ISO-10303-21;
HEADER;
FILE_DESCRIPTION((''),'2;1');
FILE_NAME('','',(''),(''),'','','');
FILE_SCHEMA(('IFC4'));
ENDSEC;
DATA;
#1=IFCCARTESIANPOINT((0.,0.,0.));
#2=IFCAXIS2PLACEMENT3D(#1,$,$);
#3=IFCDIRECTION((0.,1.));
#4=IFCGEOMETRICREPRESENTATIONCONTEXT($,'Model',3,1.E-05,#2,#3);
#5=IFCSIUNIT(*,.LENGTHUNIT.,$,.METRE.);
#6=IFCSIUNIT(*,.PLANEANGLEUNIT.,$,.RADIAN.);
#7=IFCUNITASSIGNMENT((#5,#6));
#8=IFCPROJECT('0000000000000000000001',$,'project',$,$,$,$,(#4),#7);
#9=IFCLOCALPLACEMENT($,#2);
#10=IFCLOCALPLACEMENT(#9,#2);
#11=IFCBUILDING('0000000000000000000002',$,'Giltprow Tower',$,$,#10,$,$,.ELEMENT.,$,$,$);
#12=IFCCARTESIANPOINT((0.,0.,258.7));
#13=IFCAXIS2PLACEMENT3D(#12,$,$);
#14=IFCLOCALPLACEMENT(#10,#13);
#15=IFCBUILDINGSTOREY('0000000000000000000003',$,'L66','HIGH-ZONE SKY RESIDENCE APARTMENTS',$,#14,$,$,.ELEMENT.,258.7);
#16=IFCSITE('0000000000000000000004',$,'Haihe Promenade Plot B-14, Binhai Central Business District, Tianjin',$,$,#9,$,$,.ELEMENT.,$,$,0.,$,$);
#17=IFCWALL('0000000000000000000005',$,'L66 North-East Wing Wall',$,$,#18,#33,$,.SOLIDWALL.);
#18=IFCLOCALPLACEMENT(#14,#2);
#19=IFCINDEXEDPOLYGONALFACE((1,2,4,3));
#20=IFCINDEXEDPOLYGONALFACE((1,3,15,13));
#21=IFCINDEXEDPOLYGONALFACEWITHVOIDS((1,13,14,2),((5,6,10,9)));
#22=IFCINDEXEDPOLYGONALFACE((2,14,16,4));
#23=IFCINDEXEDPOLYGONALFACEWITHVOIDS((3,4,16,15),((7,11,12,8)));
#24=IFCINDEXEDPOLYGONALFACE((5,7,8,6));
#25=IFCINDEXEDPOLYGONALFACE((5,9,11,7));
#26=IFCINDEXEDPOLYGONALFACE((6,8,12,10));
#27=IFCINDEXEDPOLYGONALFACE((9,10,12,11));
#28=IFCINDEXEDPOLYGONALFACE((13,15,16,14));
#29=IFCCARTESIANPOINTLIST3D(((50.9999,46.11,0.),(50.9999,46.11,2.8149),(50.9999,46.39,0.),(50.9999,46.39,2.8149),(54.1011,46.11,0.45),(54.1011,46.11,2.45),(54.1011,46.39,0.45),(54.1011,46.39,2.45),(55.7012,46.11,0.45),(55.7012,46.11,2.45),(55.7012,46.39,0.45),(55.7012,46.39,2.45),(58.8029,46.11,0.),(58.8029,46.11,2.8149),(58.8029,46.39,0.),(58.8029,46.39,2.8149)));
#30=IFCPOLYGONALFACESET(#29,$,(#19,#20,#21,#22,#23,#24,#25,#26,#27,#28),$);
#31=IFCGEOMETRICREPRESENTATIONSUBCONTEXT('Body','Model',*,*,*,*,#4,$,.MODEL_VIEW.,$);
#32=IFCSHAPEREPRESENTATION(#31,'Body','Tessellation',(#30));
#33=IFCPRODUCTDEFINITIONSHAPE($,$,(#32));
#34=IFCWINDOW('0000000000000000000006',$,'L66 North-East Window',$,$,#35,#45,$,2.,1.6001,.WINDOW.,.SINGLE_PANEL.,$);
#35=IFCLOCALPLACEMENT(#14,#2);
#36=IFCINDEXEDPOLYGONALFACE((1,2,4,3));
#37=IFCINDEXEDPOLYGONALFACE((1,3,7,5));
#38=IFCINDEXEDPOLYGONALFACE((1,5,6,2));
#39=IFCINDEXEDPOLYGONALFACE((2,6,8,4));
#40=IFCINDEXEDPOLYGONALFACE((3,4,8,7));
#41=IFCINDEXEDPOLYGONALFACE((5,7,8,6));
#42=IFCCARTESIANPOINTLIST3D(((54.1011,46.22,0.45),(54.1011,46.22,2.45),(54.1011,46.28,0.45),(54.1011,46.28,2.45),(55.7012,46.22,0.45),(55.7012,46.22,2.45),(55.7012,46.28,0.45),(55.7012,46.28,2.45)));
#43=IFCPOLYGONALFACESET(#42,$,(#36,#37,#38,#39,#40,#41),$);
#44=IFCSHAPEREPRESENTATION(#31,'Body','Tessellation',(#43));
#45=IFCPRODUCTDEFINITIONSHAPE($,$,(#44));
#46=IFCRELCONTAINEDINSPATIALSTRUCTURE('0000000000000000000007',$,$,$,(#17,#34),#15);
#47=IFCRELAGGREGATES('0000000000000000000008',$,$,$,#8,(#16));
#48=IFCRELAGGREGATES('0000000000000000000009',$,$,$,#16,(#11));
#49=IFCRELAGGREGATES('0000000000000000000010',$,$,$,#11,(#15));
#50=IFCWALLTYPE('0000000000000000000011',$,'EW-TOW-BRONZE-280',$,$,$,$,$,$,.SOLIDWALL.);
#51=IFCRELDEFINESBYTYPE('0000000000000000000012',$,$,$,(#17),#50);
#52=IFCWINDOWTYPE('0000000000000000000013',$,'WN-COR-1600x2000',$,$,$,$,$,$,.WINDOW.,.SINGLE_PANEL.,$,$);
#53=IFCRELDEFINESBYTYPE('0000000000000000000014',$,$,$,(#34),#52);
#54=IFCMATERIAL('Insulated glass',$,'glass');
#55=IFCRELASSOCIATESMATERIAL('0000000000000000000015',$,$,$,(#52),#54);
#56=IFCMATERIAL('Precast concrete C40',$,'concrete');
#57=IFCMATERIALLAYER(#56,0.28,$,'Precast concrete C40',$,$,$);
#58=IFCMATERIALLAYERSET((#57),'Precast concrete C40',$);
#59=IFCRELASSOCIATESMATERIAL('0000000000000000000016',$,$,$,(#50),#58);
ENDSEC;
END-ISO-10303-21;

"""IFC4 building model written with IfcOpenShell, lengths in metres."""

from ifc_helpers import new_model, si_unit, direction, frame, frame_2d, origin, place, context, subcontext, project, spatial, rectangle, extrude, source, transform, mapped, material, layer, layer_set, type_object, element, fill, save


model = new_model("IFC4")

# Units and contexts
model_context = context("Model", 3, precision=1e-05, world=origin(), true_north=direction((0.0, 1.0)))
body_context = subcontext(model_context, "Body", "Model", "MODEL_VIEW")
ifc_project = project(units=[si_unit("LENGTHUNIT", "METRE"), si_unit("PLANEANGLEUNIT", "RADIAN")], contexts=[model_context])

# Site, building, storey
site_placement = place(None, origin())
site = spatial("IfcSite", under=ifc_project, at=site_placement, Name="Haihe Promenade Plot B-14, Binhai Central Business District, Tianjin", CompositionType="ELEMENT", RefElevation=0.0)
building_placement = place(site_placement, origin())
building = spatial("IfcBuilding", under=site, at=building_placement, Name="Giltprow Tower", CompositionType="ELEMENT")
storey_placement = place(building_placement, frame((0.0, 0.0, 258.7)))
storey = spatial("IfcBuildingStorey", under=building, at=storey_placement, Name="L66", Description="HIGH-ZONE SKY RESIDENCE APARTMENTS", CompositionType="ELEMENT", Elevation=258.7)

# Wall, opening, window
ifc_material_1 = material(Name="Precast concrete C40", Category="concrete")
ifc_material_2 = material(Name="Insulated glass", Category="glass")
window_type = type_object("IfcWindowType", Name="WN-COR-1600x2000", PartitioningType="SINGLE_PANEL", PredefinedType="WINDOW", material=ifc_material_2)
shared_shape_1 = source(origin(), body_context, "Body", "SweptSolid", [
    extrude(rectangle(XDim=1.6001, YDim=2.0, at=frame_2d((0.8, 1.0))), frame((0.0, 0.03, 0.0), z_axis=(0.0, -1.0, 0.0), x_axis=(1.0, 0.0, 0.0)), (0.0, 0.0, 1.0), 0.0601),
])
ifc_layer_1 = layer(ifc_material_1, 0.28, Name="Precast concrete C40")
ifc_layer_set_1 = layer_set([ifc_layer_1], Name="Precast concrete C40")
wall_type_1 = type_object("IfcWallType", Name="EW-TOW-BRONZE-280", PredefinedType="SOLIDWALL", material=ifc_layer_set_1)
wall_1_placement = place(storey_placement, frame((51.0, 46.25, 0.0), z_axis=(0.0, 0.0, 1.0), x_axis=(1.0, 0.0, 0.0)))
wall_1 = element("IfcWall", 1, at=wall_1_placement, inside=storey, type_object=wall_type_1, Name="L66 North-East Wing Wall", PredefinedType="SOLIDWALL", context=body_context, shape_type="SweptSolid", body=[
    extrude(rectangle(XDim=7.803, YDim=0.28, at=frame_2d((3.9014, 0.0))), origin(), (0.0, 0.0, 1.0), 2.8149),
])
opening_1_placement = place(wall_1_placement, frame((3.1011, 0.0, 0.45)))
opening_1 = element("IfcOpeningElement", 2, at=opening_1_placement, cuts=wall_1, PredefinedType="OPENING", context=body_context, shape_type="SweptSolid", body=[
    extrude(rectangle(XDim=1.6001, YDim=2.0, at=frame_2d((0.8, 1.0))), frame((0.0, 0.1499, 0.0), z_axis=(0.0, -1.0, 0.0), x_axis=(1.0, 0.0, 0.0)), (0.0, 0.0, 1.0), 0.3),
])
window_1_placement = place(opening_1_placement, origin())
window_1 = element("IfcWindow", 3, at=window_1_placement, inside=storey, type_object=window_type, Name="L66 North-East Window", OverallHeight=2.0, OverallWidth=1.6001, PartitioningType="SINGLE_PANEL", PredefinedType="WINDOW", context=body_context, shape_type="MappedRepresentation", body=[
    mapped(shared_shape_1, transform((0.0, 0.0, 0.0), x_axis=(1.0, 0.0, 0.0), y_axis=(0.0, 1.0, 0.0), z_axis=(0.0, 0.0, 1.0), scale=1.0)),
])
fill(opening_1, window_1)

save(model, "model.ifc")
